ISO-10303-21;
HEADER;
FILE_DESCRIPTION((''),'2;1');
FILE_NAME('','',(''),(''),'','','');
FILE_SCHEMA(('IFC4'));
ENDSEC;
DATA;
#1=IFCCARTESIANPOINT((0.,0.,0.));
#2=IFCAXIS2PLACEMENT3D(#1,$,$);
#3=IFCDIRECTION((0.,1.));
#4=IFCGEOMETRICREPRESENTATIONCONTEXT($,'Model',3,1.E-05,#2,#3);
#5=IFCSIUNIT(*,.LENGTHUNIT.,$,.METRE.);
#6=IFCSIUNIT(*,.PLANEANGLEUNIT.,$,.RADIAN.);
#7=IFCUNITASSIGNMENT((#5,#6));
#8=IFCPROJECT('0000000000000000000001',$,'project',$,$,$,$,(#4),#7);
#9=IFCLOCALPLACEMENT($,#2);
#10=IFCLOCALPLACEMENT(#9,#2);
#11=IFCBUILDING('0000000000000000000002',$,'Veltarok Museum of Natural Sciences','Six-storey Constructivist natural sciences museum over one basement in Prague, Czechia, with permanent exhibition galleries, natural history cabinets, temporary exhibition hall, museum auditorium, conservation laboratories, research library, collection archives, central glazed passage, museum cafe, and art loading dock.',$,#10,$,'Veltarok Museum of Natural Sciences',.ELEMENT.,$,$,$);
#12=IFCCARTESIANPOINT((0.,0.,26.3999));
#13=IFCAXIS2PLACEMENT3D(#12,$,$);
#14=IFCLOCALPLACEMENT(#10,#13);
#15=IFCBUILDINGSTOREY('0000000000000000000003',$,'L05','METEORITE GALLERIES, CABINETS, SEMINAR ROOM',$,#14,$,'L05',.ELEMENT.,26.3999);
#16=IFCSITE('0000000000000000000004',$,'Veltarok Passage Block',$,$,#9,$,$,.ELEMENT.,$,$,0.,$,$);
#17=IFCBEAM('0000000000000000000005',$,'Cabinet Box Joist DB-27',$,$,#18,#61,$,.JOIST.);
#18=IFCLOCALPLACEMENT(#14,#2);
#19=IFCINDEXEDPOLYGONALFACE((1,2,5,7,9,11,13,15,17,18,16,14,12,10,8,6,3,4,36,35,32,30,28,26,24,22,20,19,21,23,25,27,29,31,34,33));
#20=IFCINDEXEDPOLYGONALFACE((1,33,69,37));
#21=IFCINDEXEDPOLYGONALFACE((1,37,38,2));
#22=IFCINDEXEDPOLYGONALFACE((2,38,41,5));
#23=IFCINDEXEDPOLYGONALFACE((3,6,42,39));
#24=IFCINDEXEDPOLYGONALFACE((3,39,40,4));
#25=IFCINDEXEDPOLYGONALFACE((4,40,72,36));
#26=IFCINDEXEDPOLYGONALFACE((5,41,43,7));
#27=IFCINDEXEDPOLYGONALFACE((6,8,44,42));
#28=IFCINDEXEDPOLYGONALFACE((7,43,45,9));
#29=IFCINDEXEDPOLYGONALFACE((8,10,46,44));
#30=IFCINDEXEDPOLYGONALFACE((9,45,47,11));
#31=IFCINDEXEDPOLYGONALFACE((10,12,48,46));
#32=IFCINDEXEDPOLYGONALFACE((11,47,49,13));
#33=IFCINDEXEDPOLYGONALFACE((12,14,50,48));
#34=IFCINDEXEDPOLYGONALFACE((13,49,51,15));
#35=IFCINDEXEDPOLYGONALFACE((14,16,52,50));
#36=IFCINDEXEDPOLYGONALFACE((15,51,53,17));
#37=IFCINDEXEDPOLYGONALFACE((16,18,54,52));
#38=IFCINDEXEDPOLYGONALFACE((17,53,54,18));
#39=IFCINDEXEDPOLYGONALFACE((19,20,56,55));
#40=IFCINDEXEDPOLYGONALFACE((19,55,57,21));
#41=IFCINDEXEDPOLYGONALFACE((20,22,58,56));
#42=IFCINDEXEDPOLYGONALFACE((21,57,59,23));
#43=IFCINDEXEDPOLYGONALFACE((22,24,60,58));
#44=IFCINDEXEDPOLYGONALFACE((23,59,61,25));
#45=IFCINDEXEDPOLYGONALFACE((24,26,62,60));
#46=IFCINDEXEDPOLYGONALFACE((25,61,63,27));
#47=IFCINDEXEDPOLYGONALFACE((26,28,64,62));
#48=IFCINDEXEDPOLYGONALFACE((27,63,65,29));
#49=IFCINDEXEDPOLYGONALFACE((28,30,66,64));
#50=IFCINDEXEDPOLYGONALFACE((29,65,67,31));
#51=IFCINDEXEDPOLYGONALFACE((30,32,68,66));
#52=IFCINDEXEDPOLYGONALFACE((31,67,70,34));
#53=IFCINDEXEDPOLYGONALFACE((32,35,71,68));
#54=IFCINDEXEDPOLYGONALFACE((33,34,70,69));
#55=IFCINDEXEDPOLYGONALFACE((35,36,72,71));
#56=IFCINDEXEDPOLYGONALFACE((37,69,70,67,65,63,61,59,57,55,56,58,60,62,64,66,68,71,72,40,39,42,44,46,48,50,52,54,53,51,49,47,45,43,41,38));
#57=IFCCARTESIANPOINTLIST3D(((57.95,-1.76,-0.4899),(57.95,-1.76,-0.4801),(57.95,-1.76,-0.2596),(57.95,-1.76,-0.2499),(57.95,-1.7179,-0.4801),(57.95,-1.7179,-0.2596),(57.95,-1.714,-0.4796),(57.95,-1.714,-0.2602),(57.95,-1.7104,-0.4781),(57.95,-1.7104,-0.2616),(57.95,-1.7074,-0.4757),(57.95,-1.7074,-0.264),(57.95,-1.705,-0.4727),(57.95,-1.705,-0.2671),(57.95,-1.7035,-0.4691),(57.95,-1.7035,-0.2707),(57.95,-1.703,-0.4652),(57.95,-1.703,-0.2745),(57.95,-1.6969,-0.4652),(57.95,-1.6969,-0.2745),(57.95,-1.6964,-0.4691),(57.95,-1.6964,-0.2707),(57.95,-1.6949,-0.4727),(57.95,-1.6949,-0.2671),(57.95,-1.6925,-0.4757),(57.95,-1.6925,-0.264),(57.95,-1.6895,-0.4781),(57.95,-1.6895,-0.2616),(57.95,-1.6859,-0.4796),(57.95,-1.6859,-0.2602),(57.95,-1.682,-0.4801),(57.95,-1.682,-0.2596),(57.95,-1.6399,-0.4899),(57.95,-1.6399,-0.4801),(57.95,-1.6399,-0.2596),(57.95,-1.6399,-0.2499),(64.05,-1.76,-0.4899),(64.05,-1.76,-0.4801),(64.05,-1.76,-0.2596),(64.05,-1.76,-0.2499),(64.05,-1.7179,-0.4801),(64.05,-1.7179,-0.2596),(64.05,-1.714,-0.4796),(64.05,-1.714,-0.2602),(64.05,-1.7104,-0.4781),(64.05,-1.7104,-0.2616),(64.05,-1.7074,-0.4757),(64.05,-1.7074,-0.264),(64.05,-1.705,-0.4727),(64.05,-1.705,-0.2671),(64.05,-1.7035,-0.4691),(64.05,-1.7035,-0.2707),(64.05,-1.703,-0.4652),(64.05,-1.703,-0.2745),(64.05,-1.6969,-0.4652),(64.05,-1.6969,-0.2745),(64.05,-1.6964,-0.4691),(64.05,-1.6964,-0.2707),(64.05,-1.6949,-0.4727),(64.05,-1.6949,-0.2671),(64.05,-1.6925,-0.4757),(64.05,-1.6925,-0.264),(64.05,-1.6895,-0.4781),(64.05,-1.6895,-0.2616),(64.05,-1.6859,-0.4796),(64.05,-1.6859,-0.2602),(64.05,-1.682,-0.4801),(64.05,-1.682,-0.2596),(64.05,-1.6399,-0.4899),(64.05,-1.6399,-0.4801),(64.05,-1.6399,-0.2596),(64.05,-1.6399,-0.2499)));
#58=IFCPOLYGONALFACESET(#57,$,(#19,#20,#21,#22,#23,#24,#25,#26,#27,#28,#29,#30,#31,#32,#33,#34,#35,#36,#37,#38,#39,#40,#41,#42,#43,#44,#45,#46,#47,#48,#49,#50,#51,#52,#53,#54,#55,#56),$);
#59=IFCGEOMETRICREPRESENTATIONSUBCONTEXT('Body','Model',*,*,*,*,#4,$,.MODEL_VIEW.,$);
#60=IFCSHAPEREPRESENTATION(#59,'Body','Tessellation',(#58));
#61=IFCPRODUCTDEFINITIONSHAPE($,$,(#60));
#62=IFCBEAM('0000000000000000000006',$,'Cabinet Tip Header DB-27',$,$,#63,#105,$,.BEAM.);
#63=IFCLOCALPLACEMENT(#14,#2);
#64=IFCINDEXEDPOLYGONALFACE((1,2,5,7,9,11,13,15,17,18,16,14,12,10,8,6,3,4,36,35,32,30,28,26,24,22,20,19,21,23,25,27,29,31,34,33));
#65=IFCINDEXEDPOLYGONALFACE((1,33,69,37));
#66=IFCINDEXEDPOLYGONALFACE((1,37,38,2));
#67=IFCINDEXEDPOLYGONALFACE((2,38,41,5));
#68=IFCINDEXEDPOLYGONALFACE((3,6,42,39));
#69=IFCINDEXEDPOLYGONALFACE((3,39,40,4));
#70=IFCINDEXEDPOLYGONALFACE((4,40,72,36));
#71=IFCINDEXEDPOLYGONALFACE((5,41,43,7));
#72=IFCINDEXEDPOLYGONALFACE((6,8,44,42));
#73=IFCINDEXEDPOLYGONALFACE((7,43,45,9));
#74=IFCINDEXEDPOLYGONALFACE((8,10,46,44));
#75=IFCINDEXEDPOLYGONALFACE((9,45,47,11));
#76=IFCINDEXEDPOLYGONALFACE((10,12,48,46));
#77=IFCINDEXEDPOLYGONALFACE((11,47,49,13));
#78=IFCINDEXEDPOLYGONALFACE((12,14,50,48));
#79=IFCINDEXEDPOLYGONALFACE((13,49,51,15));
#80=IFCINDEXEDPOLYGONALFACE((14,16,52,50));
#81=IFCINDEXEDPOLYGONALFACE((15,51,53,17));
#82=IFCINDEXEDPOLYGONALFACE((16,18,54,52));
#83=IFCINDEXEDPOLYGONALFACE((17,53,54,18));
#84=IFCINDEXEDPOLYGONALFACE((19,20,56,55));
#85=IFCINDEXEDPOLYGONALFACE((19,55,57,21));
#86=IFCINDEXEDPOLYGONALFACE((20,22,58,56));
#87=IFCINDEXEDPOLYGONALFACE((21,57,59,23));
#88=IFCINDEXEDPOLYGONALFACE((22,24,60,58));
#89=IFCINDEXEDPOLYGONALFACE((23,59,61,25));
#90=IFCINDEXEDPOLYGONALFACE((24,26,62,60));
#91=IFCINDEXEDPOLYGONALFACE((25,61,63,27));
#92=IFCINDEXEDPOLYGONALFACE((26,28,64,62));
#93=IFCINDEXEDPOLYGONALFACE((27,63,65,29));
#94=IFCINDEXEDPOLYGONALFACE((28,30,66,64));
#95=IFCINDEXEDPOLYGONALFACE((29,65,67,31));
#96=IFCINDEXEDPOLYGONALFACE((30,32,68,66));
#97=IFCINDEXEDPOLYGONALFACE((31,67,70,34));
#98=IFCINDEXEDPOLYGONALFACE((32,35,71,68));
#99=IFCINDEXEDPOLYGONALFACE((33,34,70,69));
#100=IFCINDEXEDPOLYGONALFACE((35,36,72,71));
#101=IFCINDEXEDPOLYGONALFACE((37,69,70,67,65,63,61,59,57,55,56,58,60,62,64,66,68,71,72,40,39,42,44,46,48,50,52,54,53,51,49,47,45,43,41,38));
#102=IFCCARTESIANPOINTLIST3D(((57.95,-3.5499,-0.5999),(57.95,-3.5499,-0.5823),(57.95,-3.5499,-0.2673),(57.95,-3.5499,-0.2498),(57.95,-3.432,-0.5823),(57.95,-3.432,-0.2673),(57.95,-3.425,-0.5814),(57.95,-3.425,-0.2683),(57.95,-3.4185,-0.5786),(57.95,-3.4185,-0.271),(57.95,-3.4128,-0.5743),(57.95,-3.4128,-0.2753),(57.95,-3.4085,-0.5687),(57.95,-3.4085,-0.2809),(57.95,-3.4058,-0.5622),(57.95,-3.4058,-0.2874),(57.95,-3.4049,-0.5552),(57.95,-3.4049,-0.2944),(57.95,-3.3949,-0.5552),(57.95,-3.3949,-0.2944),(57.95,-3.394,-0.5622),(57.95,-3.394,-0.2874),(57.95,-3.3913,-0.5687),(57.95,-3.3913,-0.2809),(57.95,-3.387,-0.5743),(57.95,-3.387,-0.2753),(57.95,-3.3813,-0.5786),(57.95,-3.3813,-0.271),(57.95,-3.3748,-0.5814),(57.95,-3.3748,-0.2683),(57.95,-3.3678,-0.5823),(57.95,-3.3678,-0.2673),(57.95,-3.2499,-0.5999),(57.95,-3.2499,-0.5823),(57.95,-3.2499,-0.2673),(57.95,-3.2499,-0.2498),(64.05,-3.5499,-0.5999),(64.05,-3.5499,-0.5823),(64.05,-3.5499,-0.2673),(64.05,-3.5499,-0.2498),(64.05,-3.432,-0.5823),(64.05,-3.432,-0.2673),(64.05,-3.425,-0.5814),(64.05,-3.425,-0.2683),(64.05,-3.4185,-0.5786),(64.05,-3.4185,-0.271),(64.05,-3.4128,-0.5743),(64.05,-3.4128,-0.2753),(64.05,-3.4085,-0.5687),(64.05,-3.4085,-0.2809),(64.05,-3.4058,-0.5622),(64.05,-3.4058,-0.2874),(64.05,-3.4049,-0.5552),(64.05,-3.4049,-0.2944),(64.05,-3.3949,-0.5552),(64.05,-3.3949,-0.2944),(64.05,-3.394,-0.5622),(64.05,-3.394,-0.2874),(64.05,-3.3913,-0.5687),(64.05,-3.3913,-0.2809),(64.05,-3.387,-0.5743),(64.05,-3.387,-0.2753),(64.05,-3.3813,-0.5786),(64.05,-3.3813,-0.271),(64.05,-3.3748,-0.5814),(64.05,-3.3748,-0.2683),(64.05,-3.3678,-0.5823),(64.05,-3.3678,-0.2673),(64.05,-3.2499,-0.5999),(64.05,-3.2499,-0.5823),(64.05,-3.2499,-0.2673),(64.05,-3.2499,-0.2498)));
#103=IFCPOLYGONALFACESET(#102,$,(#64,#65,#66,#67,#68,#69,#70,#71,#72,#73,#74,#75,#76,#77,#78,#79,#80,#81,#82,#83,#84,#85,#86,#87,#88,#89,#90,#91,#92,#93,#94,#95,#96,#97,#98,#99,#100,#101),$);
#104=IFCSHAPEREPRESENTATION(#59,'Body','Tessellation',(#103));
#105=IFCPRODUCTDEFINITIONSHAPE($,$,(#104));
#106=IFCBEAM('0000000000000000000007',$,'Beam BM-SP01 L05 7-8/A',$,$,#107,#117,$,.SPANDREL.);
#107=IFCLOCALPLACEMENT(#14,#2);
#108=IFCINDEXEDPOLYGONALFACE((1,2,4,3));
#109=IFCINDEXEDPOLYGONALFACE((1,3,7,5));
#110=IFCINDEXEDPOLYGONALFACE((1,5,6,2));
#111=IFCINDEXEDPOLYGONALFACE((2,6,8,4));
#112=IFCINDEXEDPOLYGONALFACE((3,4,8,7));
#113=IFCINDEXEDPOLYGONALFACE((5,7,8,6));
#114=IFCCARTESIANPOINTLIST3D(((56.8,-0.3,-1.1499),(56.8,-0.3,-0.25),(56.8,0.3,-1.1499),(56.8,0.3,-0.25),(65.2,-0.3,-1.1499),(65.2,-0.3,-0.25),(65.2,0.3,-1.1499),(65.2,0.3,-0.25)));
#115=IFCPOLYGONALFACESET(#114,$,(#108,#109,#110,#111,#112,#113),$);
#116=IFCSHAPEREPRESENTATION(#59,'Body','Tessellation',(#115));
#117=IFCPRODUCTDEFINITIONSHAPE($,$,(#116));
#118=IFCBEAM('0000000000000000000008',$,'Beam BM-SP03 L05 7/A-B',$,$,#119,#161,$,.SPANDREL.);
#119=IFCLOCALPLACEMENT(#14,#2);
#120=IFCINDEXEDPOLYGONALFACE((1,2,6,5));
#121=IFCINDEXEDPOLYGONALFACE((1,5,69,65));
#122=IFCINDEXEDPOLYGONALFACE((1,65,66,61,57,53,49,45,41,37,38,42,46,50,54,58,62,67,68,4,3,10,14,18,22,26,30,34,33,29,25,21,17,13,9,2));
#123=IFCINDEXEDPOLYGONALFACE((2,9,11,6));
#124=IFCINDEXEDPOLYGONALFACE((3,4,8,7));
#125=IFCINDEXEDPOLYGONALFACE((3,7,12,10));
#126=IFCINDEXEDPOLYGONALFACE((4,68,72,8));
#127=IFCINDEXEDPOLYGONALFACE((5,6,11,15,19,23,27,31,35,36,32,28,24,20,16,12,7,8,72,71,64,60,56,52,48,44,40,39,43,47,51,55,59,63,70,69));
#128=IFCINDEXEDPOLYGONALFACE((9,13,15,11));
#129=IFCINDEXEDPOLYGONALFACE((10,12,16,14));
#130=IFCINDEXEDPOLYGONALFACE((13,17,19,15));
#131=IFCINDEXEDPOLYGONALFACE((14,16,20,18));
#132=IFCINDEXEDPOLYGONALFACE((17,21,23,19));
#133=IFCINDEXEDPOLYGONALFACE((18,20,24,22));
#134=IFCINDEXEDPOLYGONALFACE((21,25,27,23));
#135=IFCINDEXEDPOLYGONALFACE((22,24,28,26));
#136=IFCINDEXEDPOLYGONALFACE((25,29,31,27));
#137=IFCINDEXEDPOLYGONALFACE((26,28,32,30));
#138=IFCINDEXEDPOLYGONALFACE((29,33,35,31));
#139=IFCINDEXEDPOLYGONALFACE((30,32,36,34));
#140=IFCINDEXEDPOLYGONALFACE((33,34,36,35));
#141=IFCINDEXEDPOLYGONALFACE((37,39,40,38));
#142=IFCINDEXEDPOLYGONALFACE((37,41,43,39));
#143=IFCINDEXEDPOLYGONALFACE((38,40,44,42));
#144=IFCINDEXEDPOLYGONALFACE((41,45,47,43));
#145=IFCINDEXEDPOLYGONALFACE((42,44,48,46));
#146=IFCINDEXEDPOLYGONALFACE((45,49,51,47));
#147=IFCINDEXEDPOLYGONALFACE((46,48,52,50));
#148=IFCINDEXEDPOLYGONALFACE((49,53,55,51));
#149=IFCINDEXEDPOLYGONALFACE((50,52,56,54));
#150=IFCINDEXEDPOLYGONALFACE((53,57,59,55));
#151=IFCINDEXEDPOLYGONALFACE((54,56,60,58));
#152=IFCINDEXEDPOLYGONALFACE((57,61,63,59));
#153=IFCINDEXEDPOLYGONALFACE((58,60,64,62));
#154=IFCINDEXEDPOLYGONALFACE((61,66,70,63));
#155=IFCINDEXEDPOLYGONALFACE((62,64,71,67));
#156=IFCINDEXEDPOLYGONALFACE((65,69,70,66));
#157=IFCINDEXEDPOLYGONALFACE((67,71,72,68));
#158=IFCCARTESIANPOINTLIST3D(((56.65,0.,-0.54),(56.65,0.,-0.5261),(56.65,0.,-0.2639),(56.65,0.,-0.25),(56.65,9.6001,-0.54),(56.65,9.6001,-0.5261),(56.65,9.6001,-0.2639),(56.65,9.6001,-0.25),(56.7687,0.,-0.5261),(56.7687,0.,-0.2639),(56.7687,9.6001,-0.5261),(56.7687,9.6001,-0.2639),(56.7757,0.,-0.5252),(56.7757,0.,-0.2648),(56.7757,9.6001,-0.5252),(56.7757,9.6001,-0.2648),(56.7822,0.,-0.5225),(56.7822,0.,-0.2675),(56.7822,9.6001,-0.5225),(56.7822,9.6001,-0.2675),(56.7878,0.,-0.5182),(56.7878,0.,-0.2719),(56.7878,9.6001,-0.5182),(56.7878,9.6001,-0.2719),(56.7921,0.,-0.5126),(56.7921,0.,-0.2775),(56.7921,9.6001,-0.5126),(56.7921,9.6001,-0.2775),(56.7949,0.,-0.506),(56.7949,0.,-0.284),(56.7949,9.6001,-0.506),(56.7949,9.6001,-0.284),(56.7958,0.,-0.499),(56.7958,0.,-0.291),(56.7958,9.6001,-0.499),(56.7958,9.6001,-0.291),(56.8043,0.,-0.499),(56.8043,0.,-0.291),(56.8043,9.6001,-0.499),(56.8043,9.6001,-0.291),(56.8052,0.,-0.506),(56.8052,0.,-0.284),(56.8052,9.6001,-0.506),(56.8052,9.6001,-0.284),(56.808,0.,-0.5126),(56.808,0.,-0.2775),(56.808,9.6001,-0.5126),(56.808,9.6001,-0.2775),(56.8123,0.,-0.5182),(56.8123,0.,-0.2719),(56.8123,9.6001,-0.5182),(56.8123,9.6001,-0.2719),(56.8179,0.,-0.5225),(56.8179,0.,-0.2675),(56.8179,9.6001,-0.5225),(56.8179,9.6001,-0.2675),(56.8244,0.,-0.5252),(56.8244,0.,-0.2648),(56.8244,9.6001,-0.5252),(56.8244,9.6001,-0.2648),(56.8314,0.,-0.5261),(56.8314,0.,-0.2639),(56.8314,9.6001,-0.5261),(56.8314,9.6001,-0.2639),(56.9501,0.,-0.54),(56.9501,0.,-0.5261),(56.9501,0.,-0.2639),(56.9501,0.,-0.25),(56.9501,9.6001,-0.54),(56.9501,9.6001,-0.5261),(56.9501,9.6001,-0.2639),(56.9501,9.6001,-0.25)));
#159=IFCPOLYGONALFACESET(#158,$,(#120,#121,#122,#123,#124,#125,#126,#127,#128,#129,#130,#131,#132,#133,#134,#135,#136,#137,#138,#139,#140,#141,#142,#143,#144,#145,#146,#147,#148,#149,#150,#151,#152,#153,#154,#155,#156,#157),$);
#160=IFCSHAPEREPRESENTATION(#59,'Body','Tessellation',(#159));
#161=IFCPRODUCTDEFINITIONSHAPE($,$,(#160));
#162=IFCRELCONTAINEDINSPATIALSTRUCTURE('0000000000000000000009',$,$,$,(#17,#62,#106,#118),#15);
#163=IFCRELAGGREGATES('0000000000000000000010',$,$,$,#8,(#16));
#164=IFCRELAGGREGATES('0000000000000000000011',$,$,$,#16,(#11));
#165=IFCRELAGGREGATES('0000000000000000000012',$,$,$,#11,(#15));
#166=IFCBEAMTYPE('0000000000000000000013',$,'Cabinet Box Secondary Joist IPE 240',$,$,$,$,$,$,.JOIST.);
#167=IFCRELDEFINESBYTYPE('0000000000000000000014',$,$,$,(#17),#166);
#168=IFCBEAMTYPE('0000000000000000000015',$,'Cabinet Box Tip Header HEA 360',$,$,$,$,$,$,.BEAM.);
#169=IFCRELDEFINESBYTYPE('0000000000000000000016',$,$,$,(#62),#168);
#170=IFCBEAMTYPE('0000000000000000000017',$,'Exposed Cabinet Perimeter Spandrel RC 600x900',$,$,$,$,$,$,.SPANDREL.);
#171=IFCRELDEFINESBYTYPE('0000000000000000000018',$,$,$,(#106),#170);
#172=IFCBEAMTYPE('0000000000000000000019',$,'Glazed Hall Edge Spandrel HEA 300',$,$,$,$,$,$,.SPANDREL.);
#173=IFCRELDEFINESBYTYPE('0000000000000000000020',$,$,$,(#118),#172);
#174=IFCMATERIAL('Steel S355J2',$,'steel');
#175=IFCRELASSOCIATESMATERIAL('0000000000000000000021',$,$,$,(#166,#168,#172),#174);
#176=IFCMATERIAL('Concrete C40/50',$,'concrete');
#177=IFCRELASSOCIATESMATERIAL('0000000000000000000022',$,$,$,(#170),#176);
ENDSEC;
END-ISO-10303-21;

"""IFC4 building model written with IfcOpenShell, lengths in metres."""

from ifc_helpers import new_model, si_unit, direction, frame, origin, origin_2d, place, context, subcontext, project, spatial, rectangle, i_section, extrude, material, material_profile, profile_set, type_object, element, save


model = new_model("IFC4")

# Units and contexts
model_context = context("Model", 3, precision=1e-05, world=origin(), true_north=direction((0.0, 1.0)))
body_context = subcontext(model_context, "Body", "Model", "MODEL_VIEW")
ifc_project = project(units=[si_unit("LENGTHUNIT", "METRE"), si_unit("PLANEANGLEUNIT", "RADIAN")], contexts=[model_context])

# Site, building, storey
site_placement = place(None, origin())
site = spatial("IfcSite", under=ifc_project, at=site_placement, Name="Veltarok Passage Block", CompositionType="ELEMENT", RefElevation=0.0)
building_placement = place(site_placement, origin())
building = spatial("IfcBuilding", under=site, at=building_placement, Name="Veltarok Museum of Natural Sciences", Description="Six-storey Constructivist natural sciences museum over one basement in Prague, Czechia, with permanent exhibition galleries, natural history cabinets, temporary exhibition hall, museum auditorium, conservation laboratories, research library, collection archives, central glazed passage, museum cafe, and art loading dock.", LongName="Veltarok Museum of Natural Sciences", CompositionType="ELEMENT")
storey_placement = place(building_placement, frame((0.0, 0.0, 26.3999)))
storey = spatial("IfcBuildingStorey", under=building, at=storey_placement, Name="L05", Description="METEORITE GALLERIES, CABINETS, SEMINAR ROOM", LongName="L05", CompositionType="ELEMENT", Elevation=26.3999)

# Shared definitions
ifc_material_1 = material(Name="Concrete C40/50", Category="concrete")

# Beams
ifc_material_2 = material(Name="Steel S355J2", Category="steel")
ifc_material_profile_1 = material_profile(ifc_material_2, i_section(OverallWidth=0.1201, OverallDepth=0.24, WebThickness=0.0061, FlangeThickness=0.0098, FilletRadius=0.0149, at=origin_2d()), Name="IPE 240")
ifc_profile_set_1 = profile_set([ifc_material_profile_1], Name="Steel S355J2")
beam_type_1 = type_object("IfcBeamType", Name="Cabinet Box Secondary Joist IPE 240", PredefinedType="JOIST", material=ifc_profile_set_1)
for number, where, z_axis, x_axis, name in (
    (1, (57.95, -1.7, -0.3699), (1.0, 0.0, 0.0), (0.0, 1.0, 0.0), "Cabinet Box Joist DB-27"),
):
    element("IfcBeam", number, at=place(storey_placement, frame(where, z_axis=z_axis, x_axis=x_axis)), inside=storey, type_object=beam_type_1, Name=name, PredefinedType="JOIST", context=body_context, shape_type="SweptSolid", body=[
        extrude(i_section(OverallWidth=0.1201, OverallDepth=0.24, WebThickness=0.0061, FlangeThickness=0.0098, FilletRadius=0.0149, at=origin_2d()), origin(), (0.0, 0.0, 1.0), 6.1001),
    ])
ifc_material_profile_2 = material_profile(ifc_material_2, i_section(OverallWidth=0.3, OverallDepth=0.3501, WebThickness=0.01, FlangeThickness=0.0176, FilletRadius=0.0271, at=origin_2d()), Name="HEA 360")
ifc_profile_set_2 = profile_set([ifc_material_profile_2], Name="Steel S355J2")
beam_type_2 = type_object("IfcBeamType", Name="Cabinet Box Tip Header HEA 360", PredefinedType="BEAM", material=ifc_profile_set_2)
beam_1_placement = place(storey_placement, frame((57.95, -3.3999, -0.4248), z_axis=(1.0, 0.0, 0.0), x_axis=(0.0, 1.0, 0.0)))
element("IfcBeam", 2, at=beam_1_placement, inside=storey, type_object=beam_type_2, Name="Cabinet Tip Header DB-27", PredefinedType="BEAM", context=body_context, shape_type="SweptSolid", body=[
    extrude(i_section(OverallWidth=0.3, OverallDepth=0.3501, WebThickness=0.01, FlangeThickness=0.0176, FilletRadius=0.0271, at=origin_2d()), origin(), (0.0, 0.0, 1.0), 6.1001),
])
ifc_material_profile_3 = material_profile(ifc_material_1, rectangle(XDim=0.6001, YDim=0.8999, at=origin_2d()), Name="RC 600x900")
ifc_profile_set_3 = profile_set([ifc_material_profile_3], Name="Concrete C40/50")
beam_type_3 = type_object("IfcBeamType", Name="Exposed Cabinet Perimeter Spandrel RC 600x900", PredefinedType="SPANDREL", material=ifc_profile_set_3)
beam_2_placement = place(storey_placement, frame((56.8, 0.0, -0.7), z_axis=(1.0, 0.0, 0.0), x_axis=(0.0, 1.0, 0.0)))
element("IfcBeam", 3, at=beam_2_placement, inside=storey, type_object=beam_type_3, Name="Beam BM-SP01 L05 7-8/A", PredefinedType="SPANDREL", context=body_context, shape_type="SweptSolid", body=[
    extrude(rectangle(XDim=0.6001, YDim=0.8999, at=origin_2d()), origin(), (0.0, 0.0, 1.0), 8.3999),
])
ifc_material_profile_4 = material_profile(ifc_material_2, i_section(OverallWidth=0.3, OverallDepth=0.29, WebThickness=0.0085, FlangeThickness=0.0139, FilletRadius=0.0271, at=origin_2d()), Name="HEA 300")
ifc_profile_set_4 = profile_set([ifc_material_profile_4], Name="Steel S355J2")
beam_type_4 = type_object("IfcBeamType", Name="Glazed Hall Edge Spandrel HEA 300", PredefinedType="SPANDREL", material=ifc_profile_set_4)
beam_3_placement = place(storey_placement, frame((56.8, 0.0, -0.395), z_axis=(0.0, 1.0, 0.0), x_axis=(-1.0, 0.0, 0.0)))
element("IfcBeam", 4, at=beam_3_placement, inside=storey, type_object=beam_type_4, Name="Beam BM-SP03 L05 7/A-B", PredefinedType="SPANDREL", context=body_context, shape_type="SweptSolid", body=[
    extrude(i_section(OverallWidth=0.3, OverallDepth=0.29, WebThickness=0.0085, FlangeThickness=0.0139, FilletRadius=0.0271, at=origin_2d()), origin(), (0.0, 0.0, 1.0), 9.6001),
])

save(model, "model.ifc")
